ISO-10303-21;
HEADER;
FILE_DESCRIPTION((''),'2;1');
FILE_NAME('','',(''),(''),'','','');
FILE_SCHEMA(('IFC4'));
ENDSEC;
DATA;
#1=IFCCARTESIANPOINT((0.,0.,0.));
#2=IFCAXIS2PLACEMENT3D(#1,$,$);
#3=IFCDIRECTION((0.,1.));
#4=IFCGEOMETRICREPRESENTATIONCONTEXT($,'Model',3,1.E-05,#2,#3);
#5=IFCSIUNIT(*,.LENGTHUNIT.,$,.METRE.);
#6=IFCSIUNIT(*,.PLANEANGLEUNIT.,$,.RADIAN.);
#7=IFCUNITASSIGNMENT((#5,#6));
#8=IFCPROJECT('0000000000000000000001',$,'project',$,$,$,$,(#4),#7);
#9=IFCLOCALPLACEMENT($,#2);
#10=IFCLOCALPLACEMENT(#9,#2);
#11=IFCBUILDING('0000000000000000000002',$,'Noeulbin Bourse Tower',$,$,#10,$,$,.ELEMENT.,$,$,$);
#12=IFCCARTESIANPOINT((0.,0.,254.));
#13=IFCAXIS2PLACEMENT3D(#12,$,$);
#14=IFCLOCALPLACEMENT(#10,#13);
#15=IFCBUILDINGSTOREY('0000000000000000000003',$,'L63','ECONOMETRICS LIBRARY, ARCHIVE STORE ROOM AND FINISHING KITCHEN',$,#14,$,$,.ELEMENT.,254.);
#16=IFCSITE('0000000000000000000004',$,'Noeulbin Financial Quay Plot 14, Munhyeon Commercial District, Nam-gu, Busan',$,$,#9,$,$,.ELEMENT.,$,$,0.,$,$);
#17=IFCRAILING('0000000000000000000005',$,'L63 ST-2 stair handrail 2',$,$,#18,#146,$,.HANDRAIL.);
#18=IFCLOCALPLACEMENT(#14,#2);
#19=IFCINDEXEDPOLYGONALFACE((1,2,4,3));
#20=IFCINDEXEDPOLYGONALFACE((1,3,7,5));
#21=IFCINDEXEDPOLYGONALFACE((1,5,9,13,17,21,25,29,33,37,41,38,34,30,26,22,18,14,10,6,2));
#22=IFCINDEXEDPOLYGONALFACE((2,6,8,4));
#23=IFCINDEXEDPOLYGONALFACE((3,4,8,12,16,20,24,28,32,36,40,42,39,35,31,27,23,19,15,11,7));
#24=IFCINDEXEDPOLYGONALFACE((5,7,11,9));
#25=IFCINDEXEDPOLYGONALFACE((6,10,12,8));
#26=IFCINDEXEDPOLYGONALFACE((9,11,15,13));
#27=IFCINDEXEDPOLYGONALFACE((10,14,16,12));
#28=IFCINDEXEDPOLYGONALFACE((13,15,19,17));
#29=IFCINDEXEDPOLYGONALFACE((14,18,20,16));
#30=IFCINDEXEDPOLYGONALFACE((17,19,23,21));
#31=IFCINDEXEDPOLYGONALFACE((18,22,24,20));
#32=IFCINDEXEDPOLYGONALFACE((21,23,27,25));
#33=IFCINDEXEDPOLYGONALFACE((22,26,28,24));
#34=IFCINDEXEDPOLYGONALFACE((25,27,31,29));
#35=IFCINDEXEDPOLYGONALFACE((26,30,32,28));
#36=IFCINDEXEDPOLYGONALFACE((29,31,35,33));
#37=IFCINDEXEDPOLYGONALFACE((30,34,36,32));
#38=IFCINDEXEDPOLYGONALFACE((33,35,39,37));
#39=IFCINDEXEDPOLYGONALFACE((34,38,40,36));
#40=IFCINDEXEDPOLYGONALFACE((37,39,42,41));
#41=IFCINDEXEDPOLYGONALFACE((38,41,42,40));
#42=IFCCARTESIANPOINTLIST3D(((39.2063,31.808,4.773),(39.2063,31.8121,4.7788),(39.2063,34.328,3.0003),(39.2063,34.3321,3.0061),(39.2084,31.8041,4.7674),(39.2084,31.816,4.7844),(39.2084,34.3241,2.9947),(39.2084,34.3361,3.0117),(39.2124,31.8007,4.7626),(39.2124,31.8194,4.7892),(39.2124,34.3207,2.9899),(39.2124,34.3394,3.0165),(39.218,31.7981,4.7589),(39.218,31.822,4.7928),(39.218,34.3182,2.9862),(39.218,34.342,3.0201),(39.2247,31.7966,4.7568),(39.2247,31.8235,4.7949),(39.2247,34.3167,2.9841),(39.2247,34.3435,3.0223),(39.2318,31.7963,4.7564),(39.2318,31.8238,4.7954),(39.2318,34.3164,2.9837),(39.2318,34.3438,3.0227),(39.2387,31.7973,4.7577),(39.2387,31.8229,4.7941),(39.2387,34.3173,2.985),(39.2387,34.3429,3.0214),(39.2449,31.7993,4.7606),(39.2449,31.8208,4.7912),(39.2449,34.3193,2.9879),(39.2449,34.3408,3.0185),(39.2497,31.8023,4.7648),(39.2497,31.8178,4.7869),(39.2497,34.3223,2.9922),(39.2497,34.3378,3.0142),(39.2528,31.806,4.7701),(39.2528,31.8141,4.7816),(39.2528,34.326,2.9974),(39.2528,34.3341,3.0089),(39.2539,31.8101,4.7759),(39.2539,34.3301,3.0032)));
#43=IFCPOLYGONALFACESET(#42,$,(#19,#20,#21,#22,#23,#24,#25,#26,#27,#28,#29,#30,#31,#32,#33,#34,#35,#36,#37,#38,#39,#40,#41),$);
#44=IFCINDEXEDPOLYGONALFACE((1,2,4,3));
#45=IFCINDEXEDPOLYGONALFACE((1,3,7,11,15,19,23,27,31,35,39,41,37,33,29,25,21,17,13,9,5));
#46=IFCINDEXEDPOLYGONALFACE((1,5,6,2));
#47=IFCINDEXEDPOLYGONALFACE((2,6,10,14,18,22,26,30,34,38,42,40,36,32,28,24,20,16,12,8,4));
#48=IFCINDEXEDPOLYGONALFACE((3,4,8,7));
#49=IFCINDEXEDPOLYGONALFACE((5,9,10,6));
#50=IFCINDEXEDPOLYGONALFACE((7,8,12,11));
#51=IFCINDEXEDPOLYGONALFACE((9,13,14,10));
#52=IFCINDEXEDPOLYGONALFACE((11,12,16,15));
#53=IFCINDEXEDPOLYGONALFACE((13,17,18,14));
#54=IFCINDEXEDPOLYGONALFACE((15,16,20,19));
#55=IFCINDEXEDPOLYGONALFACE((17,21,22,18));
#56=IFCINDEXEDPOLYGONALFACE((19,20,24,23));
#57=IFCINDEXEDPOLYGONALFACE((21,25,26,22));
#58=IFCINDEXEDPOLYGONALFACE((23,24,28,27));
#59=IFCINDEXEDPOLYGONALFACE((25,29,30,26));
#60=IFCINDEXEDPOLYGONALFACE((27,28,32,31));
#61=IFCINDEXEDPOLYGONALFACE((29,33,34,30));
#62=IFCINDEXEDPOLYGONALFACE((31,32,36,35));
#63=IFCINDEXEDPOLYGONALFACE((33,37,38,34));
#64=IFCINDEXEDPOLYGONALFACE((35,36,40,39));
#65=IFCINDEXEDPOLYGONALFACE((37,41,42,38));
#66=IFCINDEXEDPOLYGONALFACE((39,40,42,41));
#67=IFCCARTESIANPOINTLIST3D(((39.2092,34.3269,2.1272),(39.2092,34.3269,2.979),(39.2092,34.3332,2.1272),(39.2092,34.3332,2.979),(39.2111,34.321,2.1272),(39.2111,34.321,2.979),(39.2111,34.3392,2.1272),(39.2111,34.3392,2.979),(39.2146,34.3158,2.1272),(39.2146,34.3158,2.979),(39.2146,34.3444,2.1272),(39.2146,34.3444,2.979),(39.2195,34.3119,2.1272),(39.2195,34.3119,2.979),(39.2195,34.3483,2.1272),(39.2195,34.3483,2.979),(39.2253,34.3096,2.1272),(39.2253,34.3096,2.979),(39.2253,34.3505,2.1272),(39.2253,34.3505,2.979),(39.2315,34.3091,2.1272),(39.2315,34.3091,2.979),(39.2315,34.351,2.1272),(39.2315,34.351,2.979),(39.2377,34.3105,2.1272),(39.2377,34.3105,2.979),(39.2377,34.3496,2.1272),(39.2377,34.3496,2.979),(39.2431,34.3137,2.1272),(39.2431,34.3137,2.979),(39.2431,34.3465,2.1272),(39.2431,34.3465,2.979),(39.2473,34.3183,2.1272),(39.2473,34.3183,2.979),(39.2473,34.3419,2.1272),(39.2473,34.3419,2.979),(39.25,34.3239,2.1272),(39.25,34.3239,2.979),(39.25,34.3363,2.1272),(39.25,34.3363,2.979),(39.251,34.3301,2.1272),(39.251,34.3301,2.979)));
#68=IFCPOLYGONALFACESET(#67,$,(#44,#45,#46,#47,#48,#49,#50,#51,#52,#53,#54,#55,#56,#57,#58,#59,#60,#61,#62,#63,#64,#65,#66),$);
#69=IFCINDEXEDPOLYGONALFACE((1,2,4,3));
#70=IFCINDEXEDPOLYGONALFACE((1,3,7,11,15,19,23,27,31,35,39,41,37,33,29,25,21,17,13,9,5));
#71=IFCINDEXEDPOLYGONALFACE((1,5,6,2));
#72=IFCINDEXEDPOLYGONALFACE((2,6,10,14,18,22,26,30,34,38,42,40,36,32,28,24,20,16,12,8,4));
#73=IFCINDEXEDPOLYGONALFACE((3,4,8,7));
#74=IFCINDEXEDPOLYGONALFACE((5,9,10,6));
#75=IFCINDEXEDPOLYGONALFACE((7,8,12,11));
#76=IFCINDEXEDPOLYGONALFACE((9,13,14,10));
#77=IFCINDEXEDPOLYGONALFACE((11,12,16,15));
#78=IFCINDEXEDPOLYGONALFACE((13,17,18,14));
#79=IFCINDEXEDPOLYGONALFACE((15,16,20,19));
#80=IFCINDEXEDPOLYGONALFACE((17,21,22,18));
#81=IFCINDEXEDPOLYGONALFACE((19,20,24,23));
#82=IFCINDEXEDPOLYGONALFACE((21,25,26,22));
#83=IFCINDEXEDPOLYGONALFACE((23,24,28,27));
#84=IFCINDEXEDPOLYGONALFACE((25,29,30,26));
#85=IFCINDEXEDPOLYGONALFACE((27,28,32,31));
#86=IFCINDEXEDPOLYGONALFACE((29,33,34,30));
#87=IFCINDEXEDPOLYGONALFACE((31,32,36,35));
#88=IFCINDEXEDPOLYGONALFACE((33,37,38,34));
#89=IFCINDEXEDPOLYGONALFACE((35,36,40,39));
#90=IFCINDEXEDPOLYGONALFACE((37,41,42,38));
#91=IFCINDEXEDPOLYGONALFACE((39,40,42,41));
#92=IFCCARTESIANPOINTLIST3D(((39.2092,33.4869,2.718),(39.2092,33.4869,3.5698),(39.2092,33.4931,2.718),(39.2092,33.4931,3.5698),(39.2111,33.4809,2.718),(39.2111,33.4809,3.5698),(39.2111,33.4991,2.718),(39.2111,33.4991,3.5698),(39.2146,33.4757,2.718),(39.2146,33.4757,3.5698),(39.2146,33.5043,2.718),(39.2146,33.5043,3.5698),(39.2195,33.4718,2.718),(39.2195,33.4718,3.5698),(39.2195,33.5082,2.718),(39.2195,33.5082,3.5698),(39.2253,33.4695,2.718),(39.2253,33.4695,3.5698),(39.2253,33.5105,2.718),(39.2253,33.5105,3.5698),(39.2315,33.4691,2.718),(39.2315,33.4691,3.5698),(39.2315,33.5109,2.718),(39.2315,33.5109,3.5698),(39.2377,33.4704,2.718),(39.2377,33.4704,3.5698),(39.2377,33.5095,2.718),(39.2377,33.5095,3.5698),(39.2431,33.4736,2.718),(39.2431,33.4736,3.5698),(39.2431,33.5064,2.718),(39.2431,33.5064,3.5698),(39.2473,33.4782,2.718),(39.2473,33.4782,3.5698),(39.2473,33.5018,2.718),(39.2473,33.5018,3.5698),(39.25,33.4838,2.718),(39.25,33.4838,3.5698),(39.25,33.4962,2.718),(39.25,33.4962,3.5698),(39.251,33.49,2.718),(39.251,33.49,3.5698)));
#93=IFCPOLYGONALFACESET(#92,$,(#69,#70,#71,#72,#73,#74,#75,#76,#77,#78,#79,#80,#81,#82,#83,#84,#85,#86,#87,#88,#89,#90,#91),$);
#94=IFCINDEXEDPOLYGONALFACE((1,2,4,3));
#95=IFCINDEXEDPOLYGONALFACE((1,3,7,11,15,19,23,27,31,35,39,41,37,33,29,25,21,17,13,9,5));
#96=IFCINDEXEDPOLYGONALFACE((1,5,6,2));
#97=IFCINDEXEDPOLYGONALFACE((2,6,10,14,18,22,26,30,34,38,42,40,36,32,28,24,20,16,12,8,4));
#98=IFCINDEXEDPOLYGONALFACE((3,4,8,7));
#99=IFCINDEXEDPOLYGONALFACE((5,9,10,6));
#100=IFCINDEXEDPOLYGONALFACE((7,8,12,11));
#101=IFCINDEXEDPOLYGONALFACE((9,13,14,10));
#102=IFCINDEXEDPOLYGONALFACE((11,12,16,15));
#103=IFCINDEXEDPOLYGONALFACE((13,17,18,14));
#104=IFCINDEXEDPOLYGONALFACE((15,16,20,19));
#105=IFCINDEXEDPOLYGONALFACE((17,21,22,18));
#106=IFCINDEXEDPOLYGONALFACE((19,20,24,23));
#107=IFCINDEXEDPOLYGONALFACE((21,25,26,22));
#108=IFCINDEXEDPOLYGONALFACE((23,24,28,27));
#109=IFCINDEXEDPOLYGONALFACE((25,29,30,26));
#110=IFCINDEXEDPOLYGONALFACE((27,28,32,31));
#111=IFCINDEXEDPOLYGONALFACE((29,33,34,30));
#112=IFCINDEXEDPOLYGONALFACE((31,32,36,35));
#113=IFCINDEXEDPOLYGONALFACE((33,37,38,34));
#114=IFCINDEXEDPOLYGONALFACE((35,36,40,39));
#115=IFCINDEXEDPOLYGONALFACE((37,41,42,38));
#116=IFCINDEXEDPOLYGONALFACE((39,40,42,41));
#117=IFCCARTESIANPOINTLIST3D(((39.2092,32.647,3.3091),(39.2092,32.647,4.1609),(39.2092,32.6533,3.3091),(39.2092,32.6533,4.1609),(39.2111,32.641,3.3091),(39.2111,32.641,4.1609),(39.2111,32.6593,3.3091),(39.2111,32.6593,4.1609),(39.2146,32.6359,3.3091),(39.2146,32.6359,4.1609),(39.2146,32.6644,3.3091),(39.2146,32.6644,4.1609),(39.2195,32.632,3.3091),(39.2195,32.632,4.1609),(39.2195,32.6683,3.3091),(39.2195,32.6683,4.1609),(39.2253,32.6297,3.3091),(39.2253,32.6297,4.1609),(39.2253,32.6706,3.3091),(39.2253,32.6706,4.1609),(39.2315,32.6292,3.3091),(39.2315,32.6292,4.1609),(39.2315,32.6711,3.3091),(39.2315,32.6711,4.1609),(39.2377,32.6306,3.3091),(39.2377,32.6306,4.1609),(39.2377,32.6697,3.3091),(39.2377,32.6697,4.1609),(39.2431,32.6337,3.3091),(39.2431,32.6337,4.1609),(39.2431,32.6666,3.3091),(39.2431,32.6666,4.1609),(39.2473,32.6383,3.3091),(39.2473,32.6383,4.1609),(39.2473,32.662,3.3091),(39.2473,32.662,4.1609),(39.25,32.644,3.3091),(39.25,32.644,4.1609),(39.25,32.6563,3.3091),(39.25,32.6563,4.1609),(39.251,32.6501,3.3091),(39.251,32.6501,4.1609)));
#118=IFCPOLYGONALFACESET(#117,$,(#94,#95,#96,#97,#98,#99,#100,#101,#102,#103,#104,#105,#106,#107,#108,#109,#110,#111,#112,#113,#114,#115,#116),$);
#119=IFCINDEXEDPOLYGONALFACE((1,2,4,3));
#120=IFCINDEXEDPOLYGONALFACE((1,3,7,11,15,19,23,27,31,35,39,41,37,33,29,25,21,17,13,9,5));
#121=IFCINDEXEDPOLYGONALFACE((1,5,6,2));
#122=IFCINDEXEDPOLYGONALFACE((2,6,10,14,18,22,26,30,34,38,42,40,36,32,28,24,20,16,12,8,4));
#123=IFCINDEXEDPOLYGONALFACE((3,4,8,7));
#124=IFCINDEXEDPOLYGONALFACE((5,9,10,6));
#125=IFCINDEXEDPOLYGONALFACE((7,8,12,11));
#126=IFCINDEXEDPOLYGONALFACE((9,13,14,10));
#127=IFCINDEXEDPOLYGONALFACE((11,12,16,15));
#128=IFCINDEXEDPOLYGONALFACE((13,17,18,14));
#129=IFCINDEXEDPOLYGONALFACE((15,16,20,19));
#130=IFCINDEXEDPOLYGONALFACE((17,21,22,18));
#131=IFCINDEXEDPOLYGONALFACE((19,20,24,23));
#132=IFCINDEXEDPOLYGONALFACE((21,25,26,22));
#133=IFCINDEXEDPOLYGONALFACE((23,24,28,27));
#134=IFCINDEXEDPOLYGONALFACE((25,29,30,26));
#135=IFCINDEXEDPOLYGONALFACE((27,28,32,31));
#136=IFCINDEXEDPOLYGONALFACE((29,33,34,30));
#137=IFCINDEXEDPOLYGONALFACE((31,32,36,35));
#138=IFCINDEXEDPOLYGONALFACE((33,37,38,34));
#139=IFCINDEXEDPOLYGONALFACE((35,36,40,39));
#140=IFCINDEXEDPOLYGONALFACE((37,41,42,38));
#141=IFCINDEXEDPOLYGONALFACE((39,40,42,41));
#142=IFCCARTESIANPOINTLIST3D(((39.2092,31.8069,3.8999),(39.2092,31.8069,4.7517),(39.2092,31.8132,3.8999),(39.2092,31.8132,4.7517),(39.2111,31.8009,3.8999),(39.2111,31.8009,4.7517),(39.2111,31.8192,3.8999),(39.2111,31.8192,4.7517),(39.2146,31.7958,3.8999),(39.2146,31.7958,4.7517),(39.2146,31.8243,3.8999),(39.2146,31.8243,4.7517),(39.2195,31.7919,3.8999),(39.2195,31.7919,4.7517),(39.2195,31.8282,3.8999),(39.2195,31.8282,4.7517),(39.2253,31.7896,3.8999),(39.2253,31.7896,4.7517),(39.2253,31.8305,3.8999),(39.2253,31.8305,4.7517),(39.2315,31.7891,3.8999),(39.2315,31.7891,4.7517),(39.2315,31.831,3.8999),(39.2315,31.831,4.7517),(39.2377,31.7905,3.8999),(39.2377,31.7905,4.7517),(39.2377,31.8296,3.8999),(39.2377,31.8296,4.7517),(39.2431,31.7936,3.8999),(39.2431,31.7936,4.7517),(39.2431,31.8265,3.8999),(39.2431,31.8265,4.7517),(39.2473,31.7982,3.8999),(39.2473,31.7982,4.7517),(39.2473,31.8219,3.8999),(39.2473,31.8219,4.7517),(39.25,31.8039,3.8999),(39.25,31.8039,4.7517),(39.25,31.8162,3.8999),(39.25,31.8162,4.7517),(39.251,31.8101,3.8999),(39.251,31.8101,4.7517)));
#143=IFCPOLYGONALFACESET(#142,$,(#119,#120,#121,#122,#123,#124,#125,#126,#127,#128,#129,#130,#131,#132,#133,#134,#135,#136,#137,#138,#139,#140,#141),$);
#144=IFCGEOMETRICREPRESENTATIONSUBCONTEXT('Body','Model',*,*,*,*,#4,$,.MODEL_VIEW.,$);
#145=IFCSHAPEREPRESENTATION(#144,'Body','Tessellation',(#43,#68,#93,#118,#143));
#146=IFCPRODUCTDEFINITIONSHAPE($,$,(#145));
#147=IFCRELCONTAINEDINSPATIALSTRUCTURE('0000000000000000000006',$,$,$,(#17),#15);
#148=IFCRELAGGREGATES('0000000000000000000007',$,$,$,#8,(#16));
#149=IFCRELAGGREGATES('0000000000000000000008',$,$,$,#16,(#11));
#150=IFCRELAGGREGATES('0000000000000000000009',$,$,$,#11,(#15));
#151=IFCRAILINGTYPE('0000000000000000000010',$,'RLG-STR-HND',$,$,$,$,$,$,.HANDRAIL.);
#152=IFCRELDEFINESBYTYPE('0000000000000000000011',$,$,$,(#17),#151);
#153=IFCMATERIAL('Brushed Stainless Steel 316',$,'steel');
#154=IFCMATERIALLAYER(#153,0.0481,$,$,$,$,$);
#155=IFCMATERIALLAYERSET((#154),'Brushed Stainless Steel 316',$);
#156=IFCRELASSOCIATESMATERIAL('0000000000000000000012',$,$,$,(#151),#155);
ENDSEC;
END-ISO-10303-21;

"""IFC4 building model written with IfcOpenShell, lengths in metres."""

from ifc_helpers import new_model, si_unit, direction, frame, origin, origin_2d, place, context, subcontext, project, spatial, circle, extrude, material, layer, layer_set, type_object, element, save


model = new_model("IFC4")

# Units and contexts
model_context = context("Model", 3, precision=1e-05, world=origin(), true_north=direction((0.0, 1.0)))
body_context = subcontext(model_context, "Body", "Model", "MODEL_VIEW")
ifc_project = project(units=[si_unit("LENGTHUNIT", "METRE"), si_unit("PLANEANGLEUNIT", "RADIAN")], contexts=[model_context])

# Site, building, storey
site_placement = place(None, origin())
site = spatial("IfcSite", under=ifc_project, at=site_placement, Name="Noeulbin Financial Quay Plot 14, Munhyeon Commercial District, Nam-gu, Busan", CompositionType="ELEMENT", RefElevation=0.0)
building_placement = place(site_placement, origin())
building = spatial("IfcBuilding", under=site, at=building_placement, Name="Noeulbin Bourse Tower", CompositionType="ELEMENT")
storey_placement = place(building_placement, frame((0.0, 0.0, 254.0)))
storey = spatial("IfcBuildingStorey", under=building, at=storey_placement, Name="L63", Description="ECONOMETRICS LIBRARY, ARCHIVE STORE ROOM AND FINISHING KITCHEN", CompositionType="ELEMENT", Elevation=254.0)

# Railing
ifc_material_1 = material(Name="Brushed Stainless Steel 316", Category="steel")
ifc_layer_1 = layer(ifc_material_1, 0.0481)
ifc_layer_set_1 = layer_set([ifc_layer_1], Name="Brushed Stainless Steel 316")
railing_type_1 = type_object("IfcRailingType", Name="RLG-STR-HND", PredefinedType="HANDRAIL", material=ifc_layer_set_1)
railing_1_placement = place(storey_placement, frame((39.23, 34.3301, 2.1272)))
element("IfcRailing", 1, at=railing_1_placement, inside=storey, type_object=railing_type_1, Name="L63 ST-2 stair handrail 2", PredefinedType="HANDRAIL", context=body_context, shape_type="SweptSolid", body=[
    extrude(circle(Radius=0.0239, at=origin_2d()), frame((0.0, 0.0, 0.876), z_axis=(0.0, -0.817904, 0.575354), x_axis=(1.0, 0.0, 0.0)), (0.0, 0.0, 1.0), 3.0811),
    extrude(circle(Radius=0.021, at=origin_2d()), origin(), (0.0, 0.0, 1.0), 0.8518),
    extrude(circle(Radius=0.021, at=origin_2d()), frame((0.0, -0.8401, 0.5908)), (0.0, 0.0, 1.0), 0.8518),
    extrude(circle(Radius=0.021, at=origin_2d()), frame((0.0, -1.6799, 1.1819)), (0.0, 0.0, 1.0), 0.8518),
    extrude(circle(Radius=0.021, at=origin_2d()), frame((0.0, -2.52, 1.7727)), (0.0, 0.0, 1.0), 0.8518),
])

save(model, "model.ifc")
